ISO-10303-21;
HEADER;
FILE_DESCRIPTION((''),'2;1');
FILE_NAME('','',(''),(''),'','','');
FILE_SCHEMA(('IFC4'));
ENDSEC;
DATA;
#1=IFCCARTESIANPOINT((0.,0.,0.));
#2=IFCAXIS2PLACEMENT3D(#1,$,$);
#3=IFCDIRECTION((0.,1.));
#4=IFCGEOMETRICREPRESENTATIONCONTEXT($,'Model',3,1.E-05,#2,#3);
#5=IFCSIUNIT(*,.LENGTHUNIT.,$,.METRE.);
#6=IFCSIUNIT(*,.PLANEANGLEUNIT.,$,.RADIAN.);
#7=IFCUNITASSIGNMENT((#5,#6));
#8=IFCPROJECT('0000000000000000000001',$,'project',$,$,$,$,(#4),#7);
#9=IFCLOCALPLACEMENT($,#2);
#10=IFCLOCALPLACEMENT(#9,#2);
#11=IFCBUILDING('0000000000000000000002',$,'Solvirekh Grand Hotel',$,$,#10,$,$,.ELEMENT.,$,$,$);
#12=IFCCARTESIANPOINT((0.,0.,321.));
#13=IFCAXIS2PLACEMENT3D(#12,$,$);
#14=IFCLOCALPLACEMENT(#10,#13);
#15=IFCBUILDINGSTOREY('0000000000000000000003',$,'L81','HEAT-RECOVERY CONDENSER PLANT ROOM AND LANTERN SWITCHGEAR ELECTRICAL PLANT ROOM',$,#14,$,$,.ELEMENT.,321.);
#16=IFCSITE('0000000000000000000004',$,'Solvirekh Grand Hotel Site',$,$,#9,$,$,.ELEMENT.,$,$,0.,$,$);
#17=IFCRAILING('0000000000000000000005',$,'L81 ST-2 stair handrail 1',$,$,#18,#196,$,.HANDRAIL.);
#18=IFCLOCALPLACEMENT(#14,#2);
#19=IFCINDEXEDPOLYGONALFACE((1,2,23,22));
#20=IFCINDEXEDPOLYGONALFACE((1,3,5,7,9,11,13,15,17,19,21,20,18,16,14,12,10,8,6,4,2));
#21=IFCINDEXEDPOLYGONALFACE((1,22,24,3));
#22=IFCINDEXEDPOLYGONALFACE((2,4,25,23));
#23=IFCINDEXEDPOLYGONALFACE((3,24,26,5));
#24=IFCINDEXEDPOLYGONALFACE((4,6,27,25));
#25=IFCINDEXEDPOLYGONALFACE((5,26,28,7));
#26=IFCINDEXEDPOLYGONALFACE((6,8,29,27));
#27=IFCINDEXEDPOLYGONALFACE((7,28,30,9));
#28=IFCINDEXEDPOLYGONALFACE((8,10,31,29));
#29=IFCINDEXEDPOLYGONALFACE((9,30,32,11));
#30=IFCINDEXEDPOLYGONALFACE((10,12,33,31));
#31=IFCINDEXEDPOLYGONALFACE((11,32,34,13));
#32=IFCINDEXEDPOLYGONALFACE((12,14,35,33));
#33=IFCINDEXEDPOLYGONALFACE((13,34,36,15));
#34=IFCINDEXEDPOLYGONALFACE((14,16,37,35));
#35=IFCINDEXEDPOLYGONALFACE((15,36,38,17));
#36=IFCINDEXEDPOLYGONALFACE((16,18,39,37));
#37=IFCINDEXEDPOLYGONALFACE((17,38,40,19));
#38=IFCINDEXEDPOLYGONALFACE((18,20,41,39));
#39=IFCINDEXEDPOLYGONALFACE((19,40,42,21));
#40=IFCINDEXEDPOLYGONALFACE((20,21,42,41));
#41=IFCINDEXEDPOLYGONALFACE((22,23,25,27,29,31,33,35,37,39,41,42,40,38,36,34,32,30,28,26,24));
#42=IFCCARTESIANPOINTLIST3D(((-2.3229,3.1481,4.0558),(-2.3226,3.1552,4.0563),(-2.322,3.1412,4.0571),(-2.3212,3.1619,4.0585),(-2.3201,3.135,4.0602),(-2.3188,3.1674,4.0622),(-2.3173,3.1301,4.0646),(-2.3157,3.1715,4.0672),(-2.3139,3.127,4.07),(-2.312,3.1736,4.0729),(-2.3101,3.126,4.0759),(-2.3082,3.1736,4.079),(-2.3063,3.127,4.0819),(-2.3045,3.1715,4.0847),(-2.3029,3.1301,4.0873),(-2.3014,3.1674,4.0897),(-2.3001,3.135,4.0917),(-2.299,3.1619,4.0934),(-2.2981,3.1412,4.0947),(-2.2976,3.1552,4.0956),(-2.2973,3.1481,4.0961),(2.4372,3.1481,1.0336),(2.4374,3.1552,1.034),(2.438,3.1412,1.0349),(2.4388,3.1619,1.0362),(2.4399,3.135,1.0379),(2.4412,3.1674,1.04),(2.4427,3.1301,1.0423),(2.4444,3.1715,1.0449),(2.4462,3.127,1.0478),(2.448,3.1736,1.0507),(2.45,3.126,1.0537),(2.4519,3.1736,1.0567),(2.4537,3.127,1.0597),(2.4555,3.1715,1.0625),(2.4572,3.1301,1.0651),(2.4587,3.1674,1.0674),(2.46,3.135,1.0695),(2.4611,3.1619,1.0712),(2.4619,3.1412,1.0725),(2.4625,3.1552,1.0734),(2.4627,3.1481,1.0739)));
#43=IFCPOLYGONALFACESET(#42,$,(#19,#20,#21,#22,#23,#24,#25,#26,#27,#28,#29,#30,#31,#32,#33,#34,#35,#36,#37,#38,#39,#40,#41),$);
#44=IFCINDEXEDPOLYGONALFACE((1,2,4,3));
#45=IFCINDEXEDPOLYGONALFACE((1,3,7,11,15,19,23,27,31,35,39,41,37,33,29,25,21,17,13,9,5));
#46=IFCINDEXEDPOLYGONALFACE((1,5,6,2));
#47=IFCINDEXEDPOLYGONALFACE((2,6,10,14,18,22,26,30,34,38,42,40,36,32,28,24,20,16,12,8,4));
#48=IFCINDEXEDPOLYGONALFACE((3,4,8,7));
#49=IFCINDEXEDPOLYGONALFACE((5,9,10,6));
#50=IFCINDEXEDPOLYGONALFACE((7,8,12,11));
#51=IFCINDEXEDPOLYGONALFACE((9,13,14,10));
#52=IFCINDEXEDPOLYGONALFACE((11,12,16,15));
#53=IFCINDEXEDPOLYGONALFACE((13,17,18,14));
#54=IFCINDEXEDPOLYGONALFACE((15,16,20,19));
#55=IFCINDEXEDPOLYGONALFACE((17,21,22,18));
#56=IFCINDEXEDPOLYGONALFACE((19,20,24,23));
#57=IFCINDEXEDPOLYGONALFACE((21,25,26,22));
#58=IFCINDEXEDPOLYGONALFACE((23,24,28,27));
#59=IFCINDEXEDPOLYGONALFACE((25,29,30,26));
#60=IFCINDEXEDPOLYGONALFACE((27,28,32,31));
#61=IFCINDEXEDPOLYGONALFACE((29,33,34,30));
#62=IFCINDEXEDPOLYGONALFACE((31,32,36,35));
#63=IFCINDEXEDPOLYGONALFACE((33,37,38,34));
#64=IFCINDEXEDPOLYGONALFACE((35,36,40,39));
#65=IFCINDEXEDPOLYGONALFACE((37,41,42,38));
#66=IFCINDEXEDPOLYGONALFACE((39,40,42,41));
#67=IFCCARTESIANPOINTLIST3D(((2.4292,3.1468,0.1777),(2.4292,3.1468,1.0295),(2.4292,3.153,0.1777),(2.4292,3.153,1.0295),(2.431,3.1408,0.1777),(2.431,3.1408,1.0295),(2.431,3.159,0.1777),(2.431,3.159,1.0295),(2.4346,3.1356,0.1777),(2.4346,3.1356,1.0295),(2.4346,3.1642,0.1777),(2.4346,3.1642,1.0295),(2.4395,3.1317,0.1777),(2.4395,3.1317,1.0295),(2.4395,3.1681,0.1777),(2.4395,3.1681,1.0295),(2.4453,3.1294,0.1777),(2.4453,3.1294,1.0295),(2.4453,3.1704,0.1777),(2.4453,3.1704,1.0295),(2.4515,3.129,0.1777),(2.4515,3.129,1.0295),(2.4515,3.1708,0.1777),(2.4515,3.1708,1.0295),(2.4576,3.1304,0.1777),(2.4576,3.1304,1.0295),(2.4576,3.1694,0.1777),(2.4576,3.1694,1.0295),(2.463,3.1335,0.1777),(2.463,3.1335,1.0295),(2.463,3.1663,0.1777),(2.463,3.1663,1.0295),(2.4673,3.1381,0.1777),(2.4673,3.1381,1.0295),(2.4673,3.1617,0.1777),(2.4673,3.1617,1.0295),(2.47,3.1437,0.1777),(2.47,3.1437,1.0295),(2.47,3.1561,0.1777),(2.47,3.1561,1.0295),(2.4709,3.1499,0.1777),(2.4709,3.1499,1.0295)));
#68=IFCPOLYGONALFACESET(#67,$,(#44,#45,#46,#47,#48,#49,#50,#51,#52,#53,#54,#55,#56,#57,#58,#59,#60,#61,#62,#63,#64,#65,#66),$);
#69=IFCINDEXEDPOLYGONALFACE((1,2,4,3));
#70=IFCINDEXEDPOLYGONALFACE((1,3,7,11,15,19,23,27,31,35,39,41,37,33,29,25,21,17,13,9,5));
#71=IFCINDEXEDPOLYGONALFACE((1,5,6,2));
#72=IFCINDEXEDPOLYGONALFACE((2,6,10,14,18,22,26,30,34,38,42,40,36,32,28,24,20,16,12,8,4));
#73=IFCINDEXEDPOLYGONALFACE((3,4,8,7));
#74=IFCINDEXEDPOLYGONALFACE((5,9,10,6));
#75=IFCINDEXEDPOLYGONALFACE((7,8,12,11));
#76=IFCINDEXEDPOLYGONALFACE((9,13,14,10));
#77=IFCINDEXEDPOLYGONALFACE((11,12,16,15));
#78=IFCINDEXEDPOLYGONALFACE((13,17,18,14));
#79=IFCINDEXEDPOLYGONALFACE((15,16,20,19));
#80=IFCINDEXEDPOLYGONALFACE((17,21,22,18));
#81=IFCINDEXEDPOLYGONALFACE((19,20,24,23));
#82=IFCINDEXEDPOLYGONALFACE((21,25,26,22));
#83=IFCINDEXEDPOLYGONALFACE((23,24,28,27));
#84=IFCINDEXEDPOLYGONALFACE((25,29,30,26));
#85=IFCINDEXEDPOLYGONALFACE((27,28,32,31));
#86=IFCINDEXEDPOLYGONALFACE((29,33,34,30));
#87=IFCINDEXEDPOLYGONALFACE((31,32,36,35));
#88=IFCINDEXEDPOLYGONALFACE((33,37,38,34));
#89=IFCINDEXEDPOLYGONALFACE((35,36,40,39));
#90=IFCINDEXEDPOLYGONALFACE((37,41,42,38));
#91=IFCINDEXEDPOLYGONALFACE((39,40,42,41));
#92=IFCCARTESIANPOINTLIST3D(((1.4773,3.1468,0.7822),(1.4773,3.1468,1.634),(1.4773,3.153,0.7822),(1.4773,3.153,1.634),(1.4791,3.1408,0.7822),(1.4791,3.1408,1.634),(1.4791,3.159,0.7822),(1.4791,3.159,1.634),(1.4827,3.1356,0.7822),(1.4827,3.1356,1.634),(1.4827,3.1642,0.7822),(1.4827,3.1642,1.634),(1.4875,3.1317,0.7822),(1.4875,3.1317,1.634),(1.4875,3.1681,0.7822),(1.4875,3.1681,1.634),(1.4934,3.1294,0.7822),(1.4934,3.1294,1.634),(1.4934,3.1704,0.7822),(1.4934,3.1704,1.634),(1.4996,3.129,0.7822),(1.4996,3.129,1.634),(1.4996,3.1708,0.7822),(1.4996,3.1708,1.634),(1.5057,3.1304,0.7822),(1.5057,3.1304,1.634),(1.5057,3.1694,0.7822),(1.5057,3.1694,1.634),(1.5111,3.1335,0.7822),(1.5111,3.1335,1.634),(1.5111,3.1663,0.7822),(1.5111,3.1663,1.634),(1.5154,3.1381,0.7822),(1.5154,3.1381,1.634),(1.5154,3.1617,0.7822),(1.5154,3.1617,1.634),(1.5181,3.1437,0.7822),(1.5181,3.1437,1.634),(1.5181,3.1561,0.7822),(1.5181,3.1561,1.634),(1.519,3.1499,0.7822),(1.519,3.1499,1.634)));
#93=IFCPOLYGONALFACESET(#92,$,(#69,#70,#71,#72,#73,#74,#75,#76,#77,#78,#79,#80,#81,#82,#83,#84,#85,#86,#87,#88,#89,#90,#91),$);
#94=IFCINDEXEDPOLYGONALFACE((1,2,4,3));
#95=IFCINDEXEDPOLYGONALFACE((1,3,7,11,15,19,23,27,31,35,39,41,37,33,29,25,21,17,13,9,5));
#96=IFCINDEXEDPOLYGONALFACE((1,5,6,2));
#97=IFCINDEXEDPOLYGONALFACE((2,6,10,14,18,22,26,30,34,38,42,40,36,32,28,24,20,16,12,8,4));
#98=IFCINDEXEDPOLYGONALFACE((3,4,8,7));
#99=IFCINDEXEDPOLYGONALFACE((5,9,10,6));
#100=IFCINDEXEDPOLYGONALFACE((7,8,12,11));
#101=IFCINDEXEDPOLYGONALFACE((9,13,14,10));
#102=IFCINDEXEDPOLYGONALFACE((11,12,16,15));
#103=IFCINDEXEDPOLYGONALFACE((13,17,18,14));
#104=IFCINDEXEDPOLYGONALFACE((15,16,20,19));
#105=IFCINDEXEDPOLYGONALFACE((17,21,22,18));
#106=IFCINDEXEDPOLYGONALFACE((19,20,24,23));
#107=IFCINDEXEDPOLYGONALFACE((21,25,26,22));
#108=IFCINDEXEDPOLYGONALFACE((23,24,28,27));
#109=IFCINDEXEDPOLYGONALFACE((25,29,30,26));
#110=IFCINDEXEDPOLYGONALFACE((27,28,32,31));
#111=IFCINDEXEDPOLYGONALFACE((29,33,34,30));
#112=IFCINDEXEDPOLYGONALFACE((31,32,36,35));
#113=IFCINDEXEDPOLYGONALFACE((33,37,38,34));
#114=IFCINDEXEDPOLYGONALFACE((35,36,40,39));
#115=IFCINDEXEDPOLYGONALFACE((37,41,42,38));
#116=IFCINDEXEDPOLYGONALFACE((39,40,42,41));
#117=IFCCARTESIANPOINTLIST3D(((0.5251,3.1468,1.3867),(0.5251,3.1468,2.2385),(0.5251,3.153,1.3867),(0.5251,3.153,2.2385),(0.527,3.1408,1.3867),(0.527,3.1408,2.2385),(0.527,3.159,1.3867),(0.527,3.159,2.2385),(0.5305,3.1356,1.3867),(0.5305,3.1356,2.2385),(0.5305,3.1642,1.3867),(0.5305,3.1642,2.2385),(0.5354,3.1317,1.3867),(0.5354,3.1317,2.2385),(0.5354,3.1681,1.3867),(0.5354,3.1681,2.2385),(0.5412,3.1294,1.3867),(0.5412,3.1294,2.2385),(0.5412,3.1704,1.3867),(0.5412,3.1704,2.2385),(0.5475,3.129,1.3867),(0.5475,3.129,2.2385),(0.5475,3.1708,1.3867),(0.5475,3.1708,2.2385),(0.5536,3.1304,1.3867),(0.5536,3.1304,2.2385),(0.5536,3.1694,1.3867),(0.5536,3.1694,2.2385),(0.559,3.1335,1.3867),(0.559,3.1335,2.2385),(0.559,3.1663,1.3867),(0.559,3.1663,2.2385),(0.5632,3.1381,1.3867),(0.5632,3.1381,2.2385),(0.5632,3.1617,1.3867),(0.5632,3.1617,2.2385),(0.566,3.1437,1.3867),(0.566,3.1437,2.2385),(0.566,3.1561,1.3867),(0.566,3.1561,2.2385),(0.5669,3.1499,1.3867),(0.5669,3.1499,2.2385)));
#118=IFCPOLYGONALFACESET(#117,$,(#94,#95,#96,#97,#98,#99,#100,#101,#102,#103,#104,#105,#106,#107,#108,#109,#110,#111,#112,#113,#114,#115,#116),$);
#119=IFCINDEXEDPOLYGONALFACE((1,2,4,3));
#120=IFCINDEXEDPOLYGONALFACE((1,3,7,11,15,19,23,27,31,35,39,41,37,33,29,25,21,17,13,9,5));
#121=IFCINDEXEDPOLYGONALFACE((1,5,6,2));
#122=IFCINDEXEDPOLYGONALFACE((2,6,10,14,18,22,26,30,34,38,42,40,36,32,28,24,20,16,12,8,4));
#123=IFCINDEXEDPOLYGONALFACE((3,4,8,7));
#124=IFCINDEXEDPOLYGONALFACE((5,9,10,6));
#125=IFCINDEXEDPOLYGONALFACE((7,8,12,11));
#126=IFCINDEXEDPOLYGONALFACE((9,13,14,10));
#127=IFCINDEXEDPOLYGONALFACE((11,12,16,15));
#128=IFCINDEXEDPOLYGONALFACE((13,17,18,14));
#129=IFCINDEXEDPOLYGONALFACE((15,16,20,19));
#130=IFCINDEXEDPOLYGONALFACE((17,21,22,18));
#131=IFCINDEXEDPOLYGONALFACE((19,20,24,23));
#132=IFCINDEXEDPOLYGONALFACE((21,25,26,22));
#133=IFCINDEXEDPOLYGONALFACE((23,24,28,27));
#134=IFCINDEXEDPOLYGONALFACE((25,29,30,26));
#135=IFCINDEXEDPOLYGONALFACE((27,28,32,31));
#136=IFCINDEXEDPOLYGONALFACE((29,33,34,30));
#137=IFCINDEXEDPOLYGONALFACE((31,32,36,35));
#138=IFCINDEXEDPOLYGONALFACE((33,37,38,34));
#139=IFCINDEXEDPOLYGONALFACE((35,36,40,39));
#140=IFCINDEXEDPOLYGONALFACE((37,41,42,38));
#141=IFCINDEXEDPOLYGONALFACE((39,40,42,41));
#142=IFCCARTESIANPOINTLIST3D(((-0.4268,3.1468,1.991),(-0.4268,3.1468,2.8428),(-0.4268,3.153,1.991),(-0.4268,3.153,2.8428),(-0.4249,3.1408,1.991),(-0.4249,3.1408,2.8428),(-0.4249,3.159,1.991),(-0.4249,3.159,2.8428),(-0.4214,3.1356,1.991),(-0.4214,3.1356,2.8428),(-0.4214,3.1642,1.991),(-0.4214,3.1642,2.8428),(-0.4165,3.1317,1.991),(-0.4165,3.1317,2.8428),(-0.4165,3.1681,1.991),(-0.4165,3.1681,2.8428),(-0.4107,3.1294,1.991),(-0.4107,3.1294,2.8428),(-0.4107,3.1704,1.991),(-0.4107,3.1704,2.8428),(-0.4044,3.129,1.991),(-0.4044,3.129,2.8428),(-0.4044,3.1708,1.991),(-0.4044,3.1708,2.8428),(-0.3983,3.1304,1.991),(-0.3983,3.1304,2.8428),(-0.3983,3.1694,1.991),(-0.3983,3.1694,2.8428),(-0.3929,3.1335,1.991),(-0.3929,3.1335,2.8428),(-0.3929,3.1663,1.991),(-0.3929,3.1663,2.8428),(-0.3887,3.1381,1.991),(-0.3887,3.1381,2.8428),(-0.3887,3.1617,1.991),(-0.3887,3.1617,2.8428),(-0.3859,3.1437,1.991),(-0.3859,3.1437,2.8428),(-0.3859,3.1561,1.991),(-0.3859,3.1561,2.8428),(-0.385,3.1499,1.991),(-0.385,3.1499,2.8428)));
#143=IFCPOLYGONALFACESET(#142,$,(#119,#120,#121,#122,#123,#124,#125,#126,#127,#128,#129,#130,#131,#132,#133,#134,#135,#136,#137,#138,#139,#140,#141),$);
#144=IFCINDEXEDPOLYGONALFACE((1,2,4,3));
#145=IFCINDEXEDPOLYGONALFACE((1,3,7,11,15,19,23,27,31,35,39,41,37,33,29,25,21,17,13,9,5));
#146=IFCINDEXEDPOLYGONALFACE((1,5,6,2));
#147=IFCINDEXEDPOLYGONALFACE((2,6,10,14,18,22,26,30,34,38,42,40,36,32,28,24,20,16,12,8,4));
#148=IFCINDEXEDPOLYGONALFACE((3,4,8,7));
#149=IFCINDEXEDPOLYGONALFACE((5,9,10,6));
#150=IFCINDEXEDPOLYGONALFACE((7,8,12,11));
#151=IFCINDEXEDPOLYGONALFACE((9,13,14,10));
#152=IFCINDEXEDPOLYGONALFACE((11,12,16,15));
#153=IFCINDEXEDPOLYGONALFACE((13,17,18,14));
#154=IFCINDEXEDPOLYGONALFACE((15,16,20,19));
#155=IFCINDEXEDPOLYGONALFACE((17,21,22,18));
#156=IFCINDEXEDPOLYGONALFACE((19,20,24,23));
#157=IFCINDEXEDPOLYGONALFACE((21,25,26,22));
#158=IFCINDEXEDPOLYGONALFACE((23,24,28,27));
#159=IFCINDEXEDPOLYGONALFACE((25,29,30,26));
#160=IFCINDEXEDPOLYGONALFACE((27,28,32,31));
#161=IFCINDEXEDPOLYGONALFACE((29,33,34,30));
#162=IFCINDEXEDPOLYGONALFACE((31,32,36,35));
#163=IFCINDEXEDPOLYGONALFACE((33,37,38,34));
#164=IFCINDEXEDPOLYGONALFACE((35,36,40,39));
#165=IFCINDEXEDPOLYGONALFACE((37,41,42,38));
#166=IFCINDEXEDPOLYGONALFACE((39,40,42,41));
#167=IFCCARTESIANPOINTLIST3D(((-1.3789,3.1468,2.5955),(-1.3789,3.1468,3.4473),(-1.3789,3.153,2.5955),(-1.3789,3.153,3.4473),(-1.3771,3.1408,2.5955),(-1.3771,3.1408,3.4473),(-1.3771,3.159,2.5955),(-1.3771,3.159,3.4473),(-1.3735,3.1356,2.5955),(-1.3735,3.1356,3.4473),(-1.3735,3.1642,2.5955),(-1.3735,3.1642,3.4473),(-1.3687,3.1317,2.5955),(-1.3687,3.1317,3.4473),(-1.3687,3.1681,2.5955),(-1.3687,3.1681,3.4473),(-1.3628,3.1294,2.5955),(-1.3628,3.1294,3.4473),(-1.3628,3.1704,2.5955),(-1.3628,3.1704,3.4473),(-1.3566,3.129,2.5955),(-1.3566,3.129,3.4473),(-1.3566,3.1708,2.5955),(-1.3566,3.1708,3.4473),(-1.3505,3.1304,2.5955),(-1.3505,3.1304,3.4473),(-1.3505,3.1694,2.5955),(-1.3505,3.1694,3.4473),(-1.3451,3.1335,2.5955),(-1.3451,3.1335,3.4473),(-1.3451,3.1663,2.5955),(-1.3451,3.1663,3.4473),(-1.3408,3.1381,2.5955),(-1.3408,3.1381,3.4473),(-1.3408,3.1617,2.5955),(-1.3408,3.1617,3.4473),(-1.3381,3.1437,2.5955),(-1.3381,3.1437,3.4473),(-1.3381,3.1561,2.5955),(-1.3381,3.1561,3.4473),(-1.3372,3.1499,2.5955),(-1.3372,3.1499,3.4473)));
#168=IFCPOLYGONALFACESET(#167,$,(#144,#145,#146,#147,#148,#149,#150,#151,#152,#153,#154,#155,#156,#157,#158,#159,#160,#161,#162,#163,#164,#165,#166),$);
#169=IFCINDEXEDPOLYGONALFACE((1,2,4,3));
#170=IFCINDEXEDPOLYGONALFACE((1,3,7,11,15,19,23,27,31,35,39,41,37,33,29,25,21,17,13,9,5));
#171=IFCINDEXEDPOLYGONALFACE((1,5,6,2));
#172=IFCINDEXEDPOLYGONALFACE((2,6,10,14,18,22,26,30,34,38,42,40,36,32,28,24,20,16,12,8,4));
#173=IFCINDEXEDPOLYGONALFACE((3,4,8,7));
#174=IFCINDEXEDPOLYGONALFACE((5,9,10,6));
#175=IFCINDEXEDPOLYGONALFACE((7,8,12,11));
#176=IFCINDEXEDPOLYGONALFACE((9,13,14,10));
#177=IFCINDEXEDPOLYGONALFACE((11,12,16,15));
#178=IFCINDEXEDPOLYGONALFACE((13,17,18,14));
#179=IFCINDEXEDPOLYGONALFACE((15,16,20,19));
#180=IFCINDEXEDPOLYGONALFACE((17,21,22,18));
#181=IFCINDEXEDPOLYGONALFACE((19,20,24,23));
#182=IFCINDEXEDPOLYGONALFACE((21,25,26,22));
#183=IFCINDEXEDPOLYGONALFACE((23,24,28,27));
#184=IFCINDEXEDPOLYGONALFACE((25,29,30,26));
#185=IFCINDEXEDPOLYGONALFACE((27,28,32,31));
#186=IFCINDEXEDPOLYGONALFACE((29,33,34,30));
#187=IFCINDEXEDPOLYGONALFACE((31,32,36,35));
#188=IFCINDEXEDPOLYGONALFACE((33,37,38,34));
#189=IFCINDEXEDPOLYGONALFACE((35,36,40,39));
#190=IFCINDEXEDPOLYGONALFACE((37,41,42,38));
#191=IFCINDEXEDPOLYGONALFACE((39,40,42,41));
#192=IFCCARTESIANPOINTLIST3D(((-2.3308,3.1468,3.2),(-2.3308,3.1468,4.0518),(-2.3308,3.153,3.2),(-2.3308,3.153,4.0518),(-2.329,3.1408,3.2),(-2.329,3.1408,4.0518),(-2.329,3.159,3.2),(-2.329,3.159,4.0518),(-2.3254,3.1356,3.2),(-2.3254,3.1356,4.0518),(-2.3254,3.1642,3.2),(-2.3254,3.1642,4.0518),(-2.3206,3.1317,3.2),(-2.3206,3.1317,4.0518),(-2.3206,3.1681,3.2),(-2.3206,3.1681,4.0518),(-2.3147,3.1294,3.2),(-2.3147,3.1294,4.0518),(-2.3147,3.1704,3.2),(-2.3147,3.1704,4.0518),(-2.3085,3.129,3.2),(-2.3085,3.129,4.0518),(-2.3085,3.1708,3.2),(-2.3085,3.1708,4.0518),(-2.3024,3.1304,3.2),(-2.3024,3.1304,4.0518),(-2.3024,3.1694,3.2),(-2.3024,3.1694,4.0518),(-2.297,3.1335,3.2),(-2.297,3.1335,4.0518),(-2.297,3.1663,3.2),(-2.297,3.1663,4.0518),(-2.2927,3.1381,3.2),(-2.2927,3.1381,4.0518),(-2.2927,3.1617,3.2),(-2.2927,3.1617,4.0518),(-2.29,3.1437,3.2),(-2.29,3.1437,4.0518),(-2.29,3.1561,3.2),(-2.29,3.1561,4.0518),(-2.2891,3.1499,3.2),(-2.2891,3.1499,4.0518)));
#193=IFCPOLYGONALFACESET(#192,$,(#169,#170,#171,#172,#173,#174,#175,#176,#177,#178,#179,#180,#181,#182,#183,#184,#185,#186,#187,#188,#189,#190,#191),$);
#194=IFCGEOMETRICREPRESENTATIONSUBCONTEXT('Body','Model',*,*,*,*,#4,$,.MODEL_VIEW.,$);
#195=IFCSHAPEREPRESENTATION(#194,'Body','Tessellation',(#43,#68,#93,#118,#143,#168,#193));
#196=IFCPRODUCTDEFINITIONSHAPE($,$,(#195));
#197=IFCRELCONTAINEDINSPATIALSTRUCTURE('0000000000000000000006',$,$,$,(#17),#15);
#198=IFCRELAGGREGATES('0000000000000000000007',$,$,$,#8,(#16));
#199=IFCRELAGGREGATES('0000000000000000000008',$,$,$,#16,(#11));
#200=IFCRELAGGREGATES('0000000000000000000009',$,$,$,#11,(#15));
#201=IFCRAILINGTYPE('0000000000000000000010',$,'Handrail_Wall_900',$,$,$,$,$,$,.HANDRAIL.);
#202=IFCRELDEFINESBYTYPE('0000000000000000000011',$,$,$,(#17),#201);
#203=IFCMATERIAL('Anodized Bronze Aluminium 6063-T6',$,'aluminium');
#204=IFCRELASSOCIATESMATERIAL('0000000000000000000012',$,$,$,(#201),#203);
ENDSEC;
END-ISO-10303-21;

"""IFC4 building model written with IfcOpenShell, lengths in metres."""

from ifc_helpers import new_model, si_unit, direction, frame, origin, origin_2d, place, context, subcontext, project, spatial, circle, extrude, material, type_object, element, save


model = new_model("IFC4")

# Units and contexts
model_context = context("Model", 3, precision=1e-05, world=origin(), true_north=direction((0.0, 1.0)))
body_context = subcontext(model_context, "Body", "Model", "MODEL_VIEW")
ifc_project = project(units=[si_unit("LENGTHUNIT", "METRE"), si_unit("PLANEANGLEUNIT", "RADIAN")], contexts=[model_context])

# Site, building, storey
site_placement = place(None, origin())
site = spatial("IfcSite", under=ifc_project, at=site_placement, Name="Solvirekh Grand Hotel Site", CompositionType="ELEMENT", RefElevation=0.0)
building_placement = place(site_placement, origin())
building = spatial("IfcBuilding", under=site, at=building_placement, Name="Solvirekh Grand Hotel", CompositionType="ELEMENT")
storey_placement = place(building_placement, frame((0.0, 0.0, 321.0)))
storey = spatial("IfcBuildingStorey", under=building, at=storey_placement, Name="L81", Description="HEAT-RECOVERY CONDENSER PLANT ROOM AND LANTERN SWITCHGEAR ELECTRICAL PLANT ROOM", CompositionType="ELEMENT", Elevation=321.0)

# Shared definitions
ifc_material_1 = material(Name="Anodized Bronze Aluminium 6063-T6", Category="aluminium")

# Railing
railing_type_1 = type_object("IfcRailingType", Name="Handrail_Wall_900", PredefinedType="HANDRAIL", material=ifc_material_1)
railing_1_placement = place(storey_placement, frame((2.45, 3.1499, 0.1777)))
element("IfcRailing", 1, at=railing_1_placement, inside=storey, type_object=railing_type_1, Name="L81 ST-2 stair handrail 1", PredefinedType="HANDRAIL", context=body_context, shape_type="SweptSolid", body=[
    extrude(circle(Radius=0.0239, at=origin_2d()), frame((0.0, 0.0, 0.876), z_axis=(-0.844214, 0.0, 0.536007), x_axis=(0.0, -1.0, 0.0)), (0.0, 0.0, 1.0), 5.6384),
    extrude(circle(Radius=0.021, at=origin_2d()), origin(), (0.0, 0.0, 1.0), 0.8518),
    extrude(circle(Radius=0.021, at=origin_2d()), frame((-0.9519, 0.0, 0.6045)), (0.0, 0.0, 1.0), 0.8518),
    extrude(circle(Radius=0.021, at=origin_2d()), frame((-1.9041, 0.0, 1.209)), (0.0, 0.0, 1.0), 0.8518),
    extrude(circle(Radius=0.021, at=origin_2d()), frame((-2.856, 0.0, 1.8132)), (0.0, 0.0, 1.0), 0.8518),
    extrude(circle(Radius=0.021, at=origin_2d()), frame((-3.8081, 0.0, 2.4177)), (0.0, 0.0, 1.0), 0.8518),
    extrude(circle(Radius=0.021, at=origin_2d()), frame((-4.76, 0.0, 3.0222)), (0.0, 0.0, 1.0), 0.8518),
])

save(model, "model.ifc")
